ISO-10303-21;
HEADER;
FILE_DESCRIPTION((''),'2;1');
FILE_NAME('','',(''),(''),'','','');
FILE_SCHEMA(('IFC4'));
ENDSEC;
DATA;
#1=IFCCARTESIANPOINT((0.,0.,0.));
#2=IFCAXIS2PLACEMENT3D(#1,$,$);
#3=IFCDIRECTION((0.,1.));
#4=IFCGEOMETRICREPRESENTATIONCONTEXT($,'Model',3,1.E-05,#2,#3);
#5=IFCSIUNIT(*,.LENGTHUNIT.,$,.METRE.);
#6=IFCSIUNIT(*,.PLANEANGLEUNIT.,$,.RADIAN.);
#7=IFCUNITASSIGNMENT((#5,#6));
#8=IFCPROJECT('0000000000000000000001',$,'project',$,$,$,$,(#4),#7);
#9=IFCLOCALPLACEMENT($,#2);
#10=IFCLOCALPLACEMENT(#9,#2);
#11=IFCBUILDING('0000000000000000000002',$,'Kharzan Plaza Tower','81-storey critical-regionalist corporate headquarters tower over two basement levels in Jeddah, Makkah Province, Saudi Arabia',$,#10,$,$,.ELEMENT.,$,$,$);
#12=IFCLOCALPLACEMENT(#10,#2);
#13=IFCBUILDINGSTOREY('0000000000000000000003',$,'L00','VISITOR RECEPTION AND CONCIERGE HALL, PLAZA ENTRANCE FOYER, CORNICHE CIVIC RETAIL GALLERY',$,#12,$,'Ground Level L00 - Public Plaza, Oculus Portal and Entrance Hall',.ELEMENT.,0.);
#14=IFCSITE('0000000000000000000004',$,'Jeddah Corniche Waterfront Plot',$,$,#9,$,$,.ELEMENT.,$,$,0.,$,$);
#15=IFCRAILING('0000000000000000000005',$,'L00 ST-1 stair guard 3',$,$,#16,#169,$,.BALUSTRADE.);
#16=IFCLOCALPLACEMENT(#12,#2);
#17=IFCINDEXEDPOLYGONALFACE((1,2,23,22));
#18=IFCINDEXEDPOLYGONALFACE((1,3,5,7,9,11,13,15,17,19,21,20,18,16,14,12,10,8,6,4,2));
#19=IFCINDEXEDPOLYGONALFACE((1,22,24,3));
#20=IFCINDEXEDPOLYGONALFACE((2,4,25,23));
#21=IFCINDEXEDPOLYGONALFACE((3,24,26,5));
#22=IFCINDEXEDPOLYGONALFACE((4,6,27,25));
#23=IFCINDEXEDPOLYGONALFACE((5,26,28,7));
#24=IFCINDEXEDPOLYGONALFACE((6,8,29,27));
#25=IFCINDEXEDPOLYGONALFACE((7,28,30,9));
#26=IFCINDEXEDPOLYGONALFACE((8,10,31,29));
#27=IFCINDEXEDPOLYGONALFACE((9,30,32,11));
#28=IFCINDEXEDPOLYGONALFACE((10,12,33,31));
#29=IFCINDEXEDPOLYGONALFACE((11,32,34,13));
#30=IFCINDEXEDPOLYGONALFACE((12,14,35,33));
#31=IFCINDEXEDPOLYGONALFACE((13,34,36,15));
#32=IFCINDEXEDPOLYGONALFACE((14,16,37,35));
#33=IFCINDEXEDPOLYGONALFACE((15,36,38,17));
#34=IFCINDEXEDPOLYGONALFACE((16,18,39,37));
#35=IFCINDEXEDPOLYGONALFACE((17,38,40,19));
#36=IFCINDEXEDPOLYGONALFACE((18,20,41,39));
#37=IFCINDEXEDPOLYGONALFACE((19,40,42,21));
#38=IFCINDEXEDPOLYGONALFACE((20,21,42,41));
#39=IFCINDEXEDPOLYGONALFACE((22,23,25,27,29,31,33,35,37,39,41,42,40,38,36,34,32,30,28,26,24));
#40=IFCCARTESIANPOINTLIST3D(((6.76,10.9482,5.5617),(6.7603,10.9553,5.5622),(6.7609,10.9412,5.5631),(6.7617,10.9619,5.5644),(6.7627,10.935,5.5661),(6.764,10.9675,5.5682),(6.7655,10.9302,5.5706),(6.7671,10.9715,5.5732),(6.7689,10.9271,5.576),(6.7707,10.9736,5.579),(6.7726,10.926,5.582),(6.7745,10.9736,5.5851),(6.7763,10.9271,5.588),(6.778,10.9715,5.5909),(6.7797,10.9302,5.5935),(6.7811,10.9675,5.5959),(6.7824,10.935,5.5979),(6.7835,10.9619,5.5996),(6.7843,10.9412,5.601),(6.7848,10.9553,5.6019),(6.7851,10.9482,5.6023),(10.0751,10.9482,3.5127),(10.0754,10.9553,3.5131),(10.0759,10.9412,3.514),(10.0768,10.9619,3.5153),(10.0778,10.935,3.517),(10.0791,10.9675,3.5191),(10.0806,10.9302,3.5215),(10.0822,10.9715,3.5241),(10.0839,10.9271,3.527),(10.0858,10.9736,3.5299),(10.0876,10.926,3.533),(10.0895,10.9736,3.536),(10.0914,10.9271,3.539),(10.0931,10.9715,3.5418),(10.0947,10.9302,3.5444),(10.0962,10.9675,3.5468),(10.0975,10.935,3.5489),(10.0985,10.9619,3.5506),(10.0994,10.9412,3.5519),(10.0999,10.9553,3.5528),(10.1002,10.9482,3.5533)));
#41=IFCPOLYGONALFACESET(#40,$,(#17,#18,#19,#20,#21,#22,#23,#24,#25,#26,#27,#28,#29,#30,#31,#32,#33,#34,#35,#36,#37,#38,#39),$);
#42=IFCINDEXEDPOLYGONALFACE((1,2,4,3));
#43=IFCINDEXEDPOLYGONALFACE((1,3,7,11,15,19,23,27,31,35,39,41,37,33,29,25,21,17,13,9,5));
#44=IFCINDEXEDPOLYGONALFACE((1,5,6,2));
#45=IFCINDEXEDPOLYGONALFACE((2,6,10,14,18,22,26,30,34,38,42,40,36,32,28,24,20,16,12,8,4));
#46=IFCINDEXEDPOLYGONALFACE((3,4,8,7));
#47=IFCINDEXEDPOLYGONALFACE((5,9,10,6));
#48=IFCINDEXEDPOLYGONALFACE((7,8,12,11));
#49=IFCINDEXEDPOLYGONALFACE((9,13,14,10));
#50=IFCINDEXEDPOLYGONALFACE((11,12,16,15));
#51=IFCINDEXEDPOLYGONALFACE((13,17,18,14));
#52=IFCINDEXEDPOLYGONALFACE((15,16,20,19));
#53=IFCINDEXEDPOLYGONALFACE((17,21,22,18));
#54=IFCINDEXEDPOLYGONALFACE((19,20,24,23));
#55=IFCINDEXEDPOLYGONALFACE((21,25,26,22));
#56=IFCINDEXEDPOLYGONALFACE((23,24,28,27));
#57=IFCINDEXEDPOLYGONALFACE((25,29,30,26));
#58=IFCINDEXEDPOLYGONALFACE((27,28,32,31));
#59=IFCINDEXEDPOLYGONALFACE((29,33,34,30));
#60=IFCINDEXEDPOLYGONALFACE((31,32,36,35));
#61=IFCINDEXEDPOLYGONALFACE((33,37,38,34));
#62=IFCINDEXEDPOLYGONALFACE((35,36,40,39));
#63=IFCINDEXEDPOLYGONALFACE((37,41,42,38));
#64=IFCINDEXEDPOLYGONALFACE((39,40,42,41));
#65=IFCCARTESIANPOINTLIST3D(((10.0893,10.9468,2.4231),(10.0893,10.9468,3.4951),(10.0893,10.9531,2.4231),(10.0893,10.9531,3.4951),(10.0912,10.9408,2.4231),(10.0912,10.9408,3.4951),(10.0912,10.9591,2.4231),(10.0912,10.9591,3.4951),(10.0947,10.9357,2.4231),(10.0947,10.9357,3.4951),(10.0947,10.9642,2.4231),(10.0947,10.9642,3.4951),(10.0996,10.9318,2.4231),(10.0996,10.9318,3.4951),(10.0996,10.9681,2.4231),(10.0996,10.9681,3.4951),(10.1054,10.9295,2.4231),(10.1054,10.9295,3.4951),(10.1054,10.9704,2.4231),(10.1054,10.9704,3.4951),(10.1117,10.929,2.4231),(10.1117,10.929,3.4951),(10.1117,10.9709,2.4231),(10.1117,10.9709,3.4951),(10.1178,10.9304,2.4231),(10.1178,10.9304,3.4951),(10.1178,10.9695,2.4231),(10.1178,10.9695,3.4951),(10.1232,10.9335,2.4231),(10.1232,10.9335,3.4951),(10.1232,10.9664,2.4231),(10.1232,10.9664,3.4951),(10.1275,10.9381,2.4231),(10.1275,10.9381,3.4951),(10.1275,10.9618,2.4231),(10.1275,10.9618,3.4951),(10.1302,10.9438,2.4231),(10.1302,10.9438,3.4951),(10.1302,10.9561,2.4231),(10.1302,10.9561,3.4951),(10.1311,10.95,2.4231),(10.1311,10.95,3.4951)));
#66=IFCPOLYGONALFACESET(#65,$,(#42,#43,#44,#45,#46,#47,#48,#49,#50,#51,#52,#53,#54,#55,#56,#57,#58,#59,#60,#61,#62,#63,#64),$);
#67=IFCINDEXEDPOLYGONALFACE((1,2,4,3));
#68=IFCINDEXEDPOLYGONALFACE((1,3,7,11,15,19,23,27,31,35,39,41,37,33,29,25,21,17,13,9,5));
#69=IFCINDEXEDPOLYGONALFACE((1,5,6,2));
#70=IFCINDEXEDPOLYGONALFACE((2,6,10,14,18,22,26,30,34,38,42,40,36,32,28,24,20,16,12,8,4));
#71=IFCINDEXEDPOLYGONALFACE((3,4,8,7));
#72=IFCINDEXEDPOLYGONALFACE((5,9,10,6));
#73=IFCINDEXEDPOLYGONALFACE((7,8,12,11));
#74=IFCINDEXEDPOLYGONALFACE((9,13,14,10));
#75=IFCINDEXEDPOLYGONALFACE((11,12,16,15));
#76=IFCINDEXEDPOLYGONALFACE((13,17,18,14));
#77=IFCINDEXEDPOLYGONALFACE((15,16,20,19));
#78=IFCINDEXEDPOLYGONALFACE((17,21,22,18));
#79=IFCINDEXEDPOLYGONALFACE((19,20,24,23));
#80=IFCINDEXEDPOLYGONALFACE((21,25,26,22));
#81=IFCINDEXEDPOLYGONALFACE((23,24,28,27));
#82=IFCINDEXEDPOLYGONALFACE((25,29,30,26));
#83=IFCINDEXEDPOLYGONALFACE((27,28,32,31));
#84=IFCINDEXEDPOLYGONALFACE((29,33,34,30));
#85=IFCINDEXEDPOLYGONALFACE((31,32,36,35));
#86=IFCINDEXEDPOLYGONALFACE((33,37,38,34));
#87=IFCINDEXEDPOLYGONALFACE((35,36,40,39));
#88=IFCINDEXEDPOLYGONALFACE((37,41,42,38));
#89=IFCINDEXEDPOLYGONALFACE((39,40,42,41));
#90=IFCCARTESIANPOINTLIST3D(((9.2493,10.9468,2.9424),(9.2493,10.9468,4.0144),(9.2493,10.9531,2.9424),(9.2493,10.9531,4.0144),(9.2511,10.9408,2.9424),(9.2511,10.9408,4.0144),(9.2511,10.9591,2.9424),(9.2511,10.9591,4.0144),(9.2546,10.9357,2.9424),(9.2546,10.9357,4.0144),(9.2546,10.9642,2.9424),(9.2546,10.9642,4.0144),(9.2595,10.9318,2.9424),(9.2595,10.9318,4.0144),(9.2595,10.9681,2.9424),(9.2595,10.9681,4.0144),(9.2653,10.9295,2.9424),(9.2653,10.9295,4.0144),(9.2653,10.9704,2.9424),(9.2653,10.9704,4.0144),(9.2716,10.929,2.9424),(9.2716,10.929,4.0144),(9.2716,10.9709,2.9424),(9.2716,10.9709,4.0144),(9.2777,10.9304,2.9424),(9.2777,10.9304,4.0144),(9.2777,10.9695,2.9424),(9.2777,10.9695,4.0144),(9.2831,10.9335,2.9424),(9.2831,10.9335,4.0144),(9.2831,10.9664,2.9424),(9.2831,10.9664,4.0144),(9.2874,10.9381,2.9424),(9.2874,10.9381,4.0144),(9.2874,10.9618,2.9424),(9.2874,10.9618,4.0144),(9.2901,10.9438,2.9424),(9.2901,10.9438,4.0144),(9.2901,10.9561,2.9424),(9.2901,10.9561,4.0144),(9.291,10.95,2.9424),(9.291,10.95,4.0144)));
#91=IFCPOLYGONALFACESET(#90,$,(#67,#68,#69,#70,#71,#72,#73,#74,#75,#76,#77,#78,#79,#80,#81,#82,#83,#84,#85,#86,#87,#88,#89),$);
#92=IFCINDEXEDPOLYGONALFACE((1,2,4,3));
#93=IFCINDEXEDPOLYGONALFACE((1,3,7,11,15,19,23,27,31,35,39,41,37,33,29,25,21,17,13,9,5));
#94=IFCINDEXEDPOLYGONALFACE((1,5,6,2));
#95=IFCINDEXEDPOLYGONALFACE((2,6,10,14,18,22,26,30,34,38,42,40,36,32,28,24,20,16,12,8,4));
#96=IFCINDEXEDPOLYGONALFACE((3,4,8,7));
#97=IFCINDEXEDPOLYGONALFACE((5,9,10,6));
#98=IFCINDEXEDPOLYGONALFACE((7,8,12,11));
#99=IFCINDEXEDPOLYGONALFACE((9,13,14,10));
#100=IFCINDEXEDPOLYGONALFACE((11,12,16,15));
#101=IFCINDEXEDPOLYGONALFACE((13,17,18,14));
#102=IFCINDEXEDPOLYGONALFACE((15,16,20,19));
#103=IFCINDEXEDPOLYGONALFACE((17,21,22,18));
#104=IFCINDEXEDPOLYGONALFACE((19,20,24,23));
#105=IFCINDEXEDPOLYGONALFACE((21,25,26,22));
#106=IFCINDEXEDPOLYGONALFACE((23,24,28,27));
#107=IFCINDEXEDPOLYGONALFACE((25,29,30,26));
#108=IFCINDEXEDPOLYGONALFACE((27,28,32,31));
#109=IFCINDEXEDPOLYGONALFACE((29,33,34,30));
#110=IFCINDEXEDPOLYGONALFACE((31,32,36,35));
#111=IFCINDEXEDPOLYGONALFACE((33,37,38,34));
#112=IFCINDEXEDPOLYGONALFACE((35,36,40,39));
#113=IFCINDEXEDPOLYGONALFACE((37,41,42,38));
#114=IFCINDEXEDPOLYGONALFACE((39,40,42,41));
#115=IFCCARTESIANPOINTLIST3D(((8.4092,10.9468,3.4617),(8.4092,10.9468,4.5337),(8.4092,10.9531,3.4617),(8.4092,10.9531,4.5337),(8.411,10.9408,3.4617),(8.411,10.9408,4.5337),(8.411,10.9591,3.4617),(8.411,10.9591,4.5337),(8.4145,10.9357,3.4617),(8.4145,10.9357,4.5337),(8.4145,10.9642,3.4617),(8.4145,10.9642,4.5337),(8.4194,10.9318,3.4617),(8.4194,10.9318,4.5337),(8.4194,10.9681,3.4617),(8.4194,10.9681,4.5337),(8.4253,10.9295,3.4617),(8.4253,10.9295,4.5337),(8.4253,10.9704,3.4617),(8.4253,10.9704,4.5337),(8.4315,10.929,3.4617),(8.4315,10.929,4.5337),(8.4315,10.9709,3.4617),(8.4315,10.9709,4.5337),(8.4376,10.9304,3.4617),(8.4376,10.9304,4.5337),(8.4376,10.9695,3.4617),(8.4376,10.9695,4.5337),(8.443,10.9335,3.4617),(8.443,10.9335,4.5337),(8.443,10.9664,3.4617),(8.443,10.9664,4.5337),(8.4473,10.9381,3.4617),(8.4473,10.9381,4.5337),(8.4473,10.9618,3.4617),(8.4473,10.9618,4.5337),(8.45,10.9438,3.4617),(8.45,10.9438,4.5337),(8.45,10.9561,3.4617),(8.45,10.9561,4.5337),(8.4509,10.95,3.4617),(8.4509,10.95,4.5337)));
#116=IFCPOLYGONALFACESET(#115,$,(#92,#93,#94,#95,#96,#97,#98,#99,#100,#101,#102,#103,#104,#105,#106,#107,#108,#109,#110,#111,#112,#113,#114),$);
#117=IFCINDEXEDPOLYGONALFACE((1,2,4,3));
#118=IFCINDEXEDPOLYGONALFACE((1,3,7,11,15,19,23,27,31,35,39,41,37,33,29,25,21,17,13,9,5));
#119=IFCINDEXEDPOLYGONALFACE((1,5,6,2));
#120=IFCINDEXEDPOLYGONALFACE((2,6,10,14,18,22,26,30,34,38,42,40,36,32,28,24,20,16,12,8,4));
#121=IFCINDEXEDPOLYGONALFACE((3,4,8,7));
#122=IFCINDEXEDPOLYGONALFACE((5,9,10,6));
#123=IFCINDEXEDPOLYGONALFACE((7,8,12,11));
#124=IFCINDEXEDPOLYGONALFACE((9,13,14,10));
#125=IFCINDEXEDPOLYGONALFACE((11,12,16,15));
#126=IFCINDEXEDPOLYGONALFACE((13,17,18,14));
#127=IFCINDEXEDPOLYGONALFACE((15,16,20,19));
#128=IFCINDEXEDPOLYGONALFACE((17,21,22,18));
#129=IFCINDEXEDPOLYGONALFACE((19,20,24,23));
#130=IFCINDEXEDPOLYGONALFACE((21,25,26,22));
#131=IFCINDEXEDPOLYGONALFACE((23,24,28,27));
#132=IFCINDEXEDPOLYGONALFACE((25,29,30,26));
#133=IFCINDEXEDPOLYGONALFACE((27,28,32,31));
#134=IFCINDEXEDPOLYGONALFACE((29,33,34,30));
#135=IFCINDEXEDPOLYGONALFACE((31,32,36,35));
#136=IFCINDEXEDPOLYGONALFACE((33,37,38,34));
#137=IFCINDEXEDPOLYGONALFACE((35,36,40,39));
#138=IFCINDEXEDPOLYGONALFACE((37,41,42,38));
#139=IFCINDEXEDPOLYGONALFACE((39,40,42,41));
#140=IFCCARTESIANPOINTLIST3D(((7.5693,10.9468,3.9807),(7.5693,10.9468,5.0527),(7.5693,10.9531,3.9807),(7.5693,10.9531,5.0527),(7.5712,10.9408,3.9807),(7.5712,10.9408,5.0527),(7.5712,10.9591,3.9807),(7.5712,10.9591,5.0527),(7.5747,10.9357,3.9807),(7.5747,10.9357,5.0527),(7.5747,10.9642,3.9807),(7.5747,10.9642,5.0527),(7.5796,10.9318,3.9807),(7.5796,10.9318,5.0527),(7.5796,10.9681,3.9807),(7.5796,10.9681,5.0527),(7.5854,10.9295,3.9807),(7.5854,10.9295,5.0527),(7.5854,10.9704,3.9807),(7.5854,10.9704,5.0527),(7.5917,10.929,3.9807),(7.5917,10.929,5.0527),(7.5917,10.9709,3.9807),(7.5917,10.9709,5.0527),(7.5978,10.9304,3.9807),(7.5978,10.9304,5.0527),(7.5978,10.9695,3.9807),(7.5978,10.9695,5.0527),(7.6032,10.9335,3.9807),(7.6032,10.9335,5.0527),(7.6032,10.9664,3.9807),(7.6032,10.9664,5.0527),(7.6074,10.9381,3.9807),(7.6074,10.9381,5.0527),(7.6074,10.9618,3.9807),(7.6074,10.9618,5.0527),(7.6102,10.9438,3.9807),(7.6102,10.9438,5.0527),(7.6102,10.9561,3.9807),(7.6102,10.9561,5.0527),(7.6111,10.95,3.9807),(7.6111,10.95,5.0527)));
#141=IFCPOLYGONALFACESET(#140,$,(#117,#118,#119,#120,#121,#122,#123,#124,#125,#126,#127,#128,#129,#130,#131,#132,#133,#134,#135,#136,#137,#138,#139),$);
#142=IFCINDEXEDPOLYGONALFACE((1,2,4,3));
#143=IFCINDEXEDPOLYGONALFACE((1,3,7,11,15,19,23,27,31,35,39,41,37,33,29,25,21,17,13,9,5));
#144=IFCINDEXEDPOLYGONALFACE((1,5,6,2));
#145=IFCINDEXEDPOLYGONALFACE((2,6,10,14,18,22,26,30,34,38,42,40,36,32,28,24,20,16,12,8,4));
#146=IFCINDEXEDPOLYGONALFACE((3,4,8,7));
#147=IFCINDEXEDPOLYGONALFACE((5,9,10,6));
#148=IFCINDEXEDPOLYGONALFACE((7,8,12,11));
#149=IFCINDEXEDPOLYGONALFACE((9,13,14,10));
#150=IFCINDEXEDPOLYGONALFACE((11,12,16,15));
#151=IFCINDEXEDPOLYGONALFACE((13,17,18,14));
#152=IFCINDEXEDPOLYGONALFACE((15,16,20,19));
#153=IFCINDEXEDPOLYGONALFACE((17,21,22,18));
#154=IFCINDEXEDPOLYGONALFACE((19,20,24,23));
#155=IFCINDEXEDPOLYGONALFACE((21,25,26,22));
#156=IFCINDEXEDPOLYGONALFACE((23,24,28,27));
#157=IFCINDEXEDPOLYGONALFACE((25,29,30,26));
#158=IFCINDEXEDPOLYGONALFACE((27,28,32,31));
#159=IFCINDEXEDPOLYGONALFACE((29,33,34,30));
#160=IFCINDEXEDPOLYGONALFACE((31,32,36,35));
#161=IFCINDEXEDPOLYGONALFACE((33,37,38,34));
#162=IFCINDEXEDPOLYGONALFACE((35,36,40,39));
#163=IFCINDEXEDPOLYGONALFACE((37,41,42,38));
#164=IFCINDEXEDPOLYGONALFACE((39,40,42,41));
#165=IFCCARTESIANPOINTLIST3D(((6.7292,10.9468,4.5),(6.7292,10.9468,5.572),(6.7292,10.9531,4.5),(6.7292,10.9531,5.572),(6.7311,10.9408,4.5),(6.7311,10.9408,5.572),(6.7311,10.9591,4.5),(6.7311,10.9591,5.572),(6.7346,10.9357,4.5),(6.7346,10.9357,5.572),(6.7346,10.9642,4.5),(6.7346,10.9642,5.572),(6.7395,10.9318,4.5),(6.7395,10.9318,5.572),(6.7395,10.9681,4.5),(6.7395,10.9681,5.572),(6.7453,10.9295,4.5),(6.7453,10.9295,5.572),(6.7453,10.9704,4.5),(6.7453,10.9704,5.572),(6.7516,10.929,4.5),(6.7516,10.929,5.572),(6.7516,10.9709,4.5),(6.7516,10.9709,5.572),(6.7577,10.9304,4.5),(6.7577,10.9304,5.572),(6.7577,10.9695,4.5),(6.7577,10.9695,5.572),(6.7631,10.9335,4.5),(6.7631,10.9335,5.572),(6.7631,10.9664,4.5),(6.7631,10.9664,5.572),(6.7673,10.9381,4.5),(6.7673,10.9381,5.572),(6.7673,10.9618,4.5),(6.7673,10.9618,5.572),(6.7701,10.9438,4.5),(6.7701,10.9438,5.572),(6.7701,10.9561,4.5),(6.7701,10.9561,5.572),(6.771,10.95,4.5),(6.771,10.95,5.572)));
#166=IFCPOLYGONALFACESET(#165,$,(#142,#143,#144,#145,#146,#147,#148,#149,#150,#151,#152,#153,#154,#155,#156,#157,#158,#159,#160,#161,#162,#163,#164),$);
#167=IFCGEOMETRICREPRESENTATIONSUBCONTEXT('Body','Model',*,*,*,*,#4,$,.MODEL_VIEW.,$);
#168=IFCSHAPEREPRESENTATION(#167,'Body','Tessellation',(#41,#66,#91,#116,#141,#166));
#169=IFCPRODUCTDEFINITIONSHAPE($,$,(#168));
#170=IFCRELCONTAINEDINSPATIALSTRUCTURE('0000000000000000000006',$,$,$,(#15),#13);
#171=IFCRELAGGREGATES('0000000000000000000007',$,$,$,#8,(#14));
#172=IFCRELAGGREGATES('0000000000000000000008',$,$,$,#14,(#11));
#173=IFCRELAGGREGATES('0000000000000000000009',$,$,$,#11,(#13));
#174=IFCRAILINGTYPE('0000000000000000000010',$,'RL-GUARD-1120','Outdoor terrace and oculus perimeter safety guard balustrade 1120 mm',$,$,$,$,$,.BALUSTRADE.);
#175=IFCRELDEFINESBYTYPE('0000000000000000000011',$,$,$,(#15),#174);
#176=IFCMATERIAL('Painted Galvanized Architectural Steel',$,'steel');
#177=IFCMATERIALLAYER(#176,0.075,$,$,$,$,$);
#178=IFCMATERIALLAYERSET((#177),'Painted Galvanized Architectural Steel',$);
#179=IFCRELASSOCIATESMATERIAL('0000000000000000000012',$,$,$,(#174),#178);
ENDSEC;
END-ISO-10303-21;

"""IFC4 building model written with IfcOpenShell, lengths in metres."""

from ifc_helpers import new_model, si_unit, direction, frame, origin, origin_2d, place, context, subcontext, project, spatial, circle, extrude, source, transform, mapped, material, layer, layer_set, type_object, element, save


model = new_model("IFC4")

# Units and contexts
model_context = context("Model", 3, precision=1e-05, world=origin(), true_north=direction((0.0, 1.0)))
body_context = subcontext(model_context, "Body", "Model", "MODEL_VIEW")
ifc_project = project(units=[si_unit("LENGTHUNIT", "METRE"), si_unit("PLANEANGLEUNIT", "RADIAN")], contexts=[model_context])

# Site, building, storey
site_placement = place(None, origin())
site = spatial("IfcSite", under=ifc_project, at=site_placement, Name="Jeddah Corniche Waterfront Plot", CompositionType="ELEMENT", RefElevation=0.0)
building_placement = place(site_placement, origin())
building = spatial("IfcBuilding", under=site, at=building_placement, Name="Kharzan Plaza Tower", Description="81-storey critical-regionalist corporate headquarters tower over two basement levels in Jeddah, Makkah Province, Saudi Arabia", CompositionType="ELEMENT")
storey_placement = place(building_placement, origin())
storey = spatial("IfcBuildingStorey", under=building, at=storey_placement, Name="L00", Description="VISITOR RECEPTION AND CONCIERGE HALL, PLAZA ENTRANCE FOYER, CORNICHE CIVIC RETAIL GALLERY", LongName="Ground Level L00 - Public Plaza, Oculus Portal and Entrance Hall", CompositionType="ELEMENT", Elevation=0.0)

# Railing
ifc_material_1 = material(Name="Painted Galvanized Architectural Steel", Category="steel")
ifc_layer_1 = layer(ifc_material_1, 0.075)
ifc_layer_set_1 = layer_set([ifc_layer_1], Name="Painted Galvanized Architectural Steel")
railing_type_1 = type_object("IfcRailingType", Name="RL-GUARD-1120", Description="Outdoor terrace and oculus perimeter safety guard balustrade 1120 mm", PredefinedType="BALUSTRADE", material=ifc_layer_set_1)
shared_shape_1 = source(origin(), body_context, "Body", "SweptSolid", [
    extrude(circle(Radius=0.0239, at=origin_2d()), frame((-0.0225, 0.0, 1.1099), z_axis=(-0.850623, 0.0, 0.525776), x_axis=(0.0, -1.0, 0.0)), (0.0, 0.0, 1.0), 3.8972),
    extrude(circle(Radius=0.021, at=origin_2d()), origin(), (0.0, 0.0, 1.0), 1.072),
    extrude(circle(Radius=0.021, at=origin_2d()), frame((-0.8401, 0.0, 0.5193)), (0.0, 0.0, 1.0), 1.072),
    extrude(circle(Radius=0.021, at=origin_2d()), frame((-1.6802, 0.0, 1.0386)), (0.0, 0.0, 1.0), 1.072),
    extrude(circle(Radius=0.021, at=origin_2d()), frame((-2.52, 0.0, 1.5576)), (0.0, 0.0, 1.0), 1.072),
    extrude(circle(Radius=0.021, at=origin_2d()), frame((-3.3601, 0.0, 2.0769)), (0.0, 0.0, 1.0), 1.072),
])
railing_1_placement = place(storey_placement, frame((10.1101, 10.95, 2.4231)))
element("IfcRailing", 1, at=railing_1_placement, inside=storey, type_object=railing_type_1, Name="L00 ST-1 stair guard 3", PredefinedType="BALUSTRADE", context=body_context, shape_type="MappedRepresentation", body=[
    mapped(shared_shape_1, transform((0.0, 0.0, 0.0), x_axis=(1.0, 0.0, 0.0), y_axis=(0.0, 1.0, 0.0), z_axis=(0.0, 0.0, 1.0))),
])

save(model, "model.ifc")
